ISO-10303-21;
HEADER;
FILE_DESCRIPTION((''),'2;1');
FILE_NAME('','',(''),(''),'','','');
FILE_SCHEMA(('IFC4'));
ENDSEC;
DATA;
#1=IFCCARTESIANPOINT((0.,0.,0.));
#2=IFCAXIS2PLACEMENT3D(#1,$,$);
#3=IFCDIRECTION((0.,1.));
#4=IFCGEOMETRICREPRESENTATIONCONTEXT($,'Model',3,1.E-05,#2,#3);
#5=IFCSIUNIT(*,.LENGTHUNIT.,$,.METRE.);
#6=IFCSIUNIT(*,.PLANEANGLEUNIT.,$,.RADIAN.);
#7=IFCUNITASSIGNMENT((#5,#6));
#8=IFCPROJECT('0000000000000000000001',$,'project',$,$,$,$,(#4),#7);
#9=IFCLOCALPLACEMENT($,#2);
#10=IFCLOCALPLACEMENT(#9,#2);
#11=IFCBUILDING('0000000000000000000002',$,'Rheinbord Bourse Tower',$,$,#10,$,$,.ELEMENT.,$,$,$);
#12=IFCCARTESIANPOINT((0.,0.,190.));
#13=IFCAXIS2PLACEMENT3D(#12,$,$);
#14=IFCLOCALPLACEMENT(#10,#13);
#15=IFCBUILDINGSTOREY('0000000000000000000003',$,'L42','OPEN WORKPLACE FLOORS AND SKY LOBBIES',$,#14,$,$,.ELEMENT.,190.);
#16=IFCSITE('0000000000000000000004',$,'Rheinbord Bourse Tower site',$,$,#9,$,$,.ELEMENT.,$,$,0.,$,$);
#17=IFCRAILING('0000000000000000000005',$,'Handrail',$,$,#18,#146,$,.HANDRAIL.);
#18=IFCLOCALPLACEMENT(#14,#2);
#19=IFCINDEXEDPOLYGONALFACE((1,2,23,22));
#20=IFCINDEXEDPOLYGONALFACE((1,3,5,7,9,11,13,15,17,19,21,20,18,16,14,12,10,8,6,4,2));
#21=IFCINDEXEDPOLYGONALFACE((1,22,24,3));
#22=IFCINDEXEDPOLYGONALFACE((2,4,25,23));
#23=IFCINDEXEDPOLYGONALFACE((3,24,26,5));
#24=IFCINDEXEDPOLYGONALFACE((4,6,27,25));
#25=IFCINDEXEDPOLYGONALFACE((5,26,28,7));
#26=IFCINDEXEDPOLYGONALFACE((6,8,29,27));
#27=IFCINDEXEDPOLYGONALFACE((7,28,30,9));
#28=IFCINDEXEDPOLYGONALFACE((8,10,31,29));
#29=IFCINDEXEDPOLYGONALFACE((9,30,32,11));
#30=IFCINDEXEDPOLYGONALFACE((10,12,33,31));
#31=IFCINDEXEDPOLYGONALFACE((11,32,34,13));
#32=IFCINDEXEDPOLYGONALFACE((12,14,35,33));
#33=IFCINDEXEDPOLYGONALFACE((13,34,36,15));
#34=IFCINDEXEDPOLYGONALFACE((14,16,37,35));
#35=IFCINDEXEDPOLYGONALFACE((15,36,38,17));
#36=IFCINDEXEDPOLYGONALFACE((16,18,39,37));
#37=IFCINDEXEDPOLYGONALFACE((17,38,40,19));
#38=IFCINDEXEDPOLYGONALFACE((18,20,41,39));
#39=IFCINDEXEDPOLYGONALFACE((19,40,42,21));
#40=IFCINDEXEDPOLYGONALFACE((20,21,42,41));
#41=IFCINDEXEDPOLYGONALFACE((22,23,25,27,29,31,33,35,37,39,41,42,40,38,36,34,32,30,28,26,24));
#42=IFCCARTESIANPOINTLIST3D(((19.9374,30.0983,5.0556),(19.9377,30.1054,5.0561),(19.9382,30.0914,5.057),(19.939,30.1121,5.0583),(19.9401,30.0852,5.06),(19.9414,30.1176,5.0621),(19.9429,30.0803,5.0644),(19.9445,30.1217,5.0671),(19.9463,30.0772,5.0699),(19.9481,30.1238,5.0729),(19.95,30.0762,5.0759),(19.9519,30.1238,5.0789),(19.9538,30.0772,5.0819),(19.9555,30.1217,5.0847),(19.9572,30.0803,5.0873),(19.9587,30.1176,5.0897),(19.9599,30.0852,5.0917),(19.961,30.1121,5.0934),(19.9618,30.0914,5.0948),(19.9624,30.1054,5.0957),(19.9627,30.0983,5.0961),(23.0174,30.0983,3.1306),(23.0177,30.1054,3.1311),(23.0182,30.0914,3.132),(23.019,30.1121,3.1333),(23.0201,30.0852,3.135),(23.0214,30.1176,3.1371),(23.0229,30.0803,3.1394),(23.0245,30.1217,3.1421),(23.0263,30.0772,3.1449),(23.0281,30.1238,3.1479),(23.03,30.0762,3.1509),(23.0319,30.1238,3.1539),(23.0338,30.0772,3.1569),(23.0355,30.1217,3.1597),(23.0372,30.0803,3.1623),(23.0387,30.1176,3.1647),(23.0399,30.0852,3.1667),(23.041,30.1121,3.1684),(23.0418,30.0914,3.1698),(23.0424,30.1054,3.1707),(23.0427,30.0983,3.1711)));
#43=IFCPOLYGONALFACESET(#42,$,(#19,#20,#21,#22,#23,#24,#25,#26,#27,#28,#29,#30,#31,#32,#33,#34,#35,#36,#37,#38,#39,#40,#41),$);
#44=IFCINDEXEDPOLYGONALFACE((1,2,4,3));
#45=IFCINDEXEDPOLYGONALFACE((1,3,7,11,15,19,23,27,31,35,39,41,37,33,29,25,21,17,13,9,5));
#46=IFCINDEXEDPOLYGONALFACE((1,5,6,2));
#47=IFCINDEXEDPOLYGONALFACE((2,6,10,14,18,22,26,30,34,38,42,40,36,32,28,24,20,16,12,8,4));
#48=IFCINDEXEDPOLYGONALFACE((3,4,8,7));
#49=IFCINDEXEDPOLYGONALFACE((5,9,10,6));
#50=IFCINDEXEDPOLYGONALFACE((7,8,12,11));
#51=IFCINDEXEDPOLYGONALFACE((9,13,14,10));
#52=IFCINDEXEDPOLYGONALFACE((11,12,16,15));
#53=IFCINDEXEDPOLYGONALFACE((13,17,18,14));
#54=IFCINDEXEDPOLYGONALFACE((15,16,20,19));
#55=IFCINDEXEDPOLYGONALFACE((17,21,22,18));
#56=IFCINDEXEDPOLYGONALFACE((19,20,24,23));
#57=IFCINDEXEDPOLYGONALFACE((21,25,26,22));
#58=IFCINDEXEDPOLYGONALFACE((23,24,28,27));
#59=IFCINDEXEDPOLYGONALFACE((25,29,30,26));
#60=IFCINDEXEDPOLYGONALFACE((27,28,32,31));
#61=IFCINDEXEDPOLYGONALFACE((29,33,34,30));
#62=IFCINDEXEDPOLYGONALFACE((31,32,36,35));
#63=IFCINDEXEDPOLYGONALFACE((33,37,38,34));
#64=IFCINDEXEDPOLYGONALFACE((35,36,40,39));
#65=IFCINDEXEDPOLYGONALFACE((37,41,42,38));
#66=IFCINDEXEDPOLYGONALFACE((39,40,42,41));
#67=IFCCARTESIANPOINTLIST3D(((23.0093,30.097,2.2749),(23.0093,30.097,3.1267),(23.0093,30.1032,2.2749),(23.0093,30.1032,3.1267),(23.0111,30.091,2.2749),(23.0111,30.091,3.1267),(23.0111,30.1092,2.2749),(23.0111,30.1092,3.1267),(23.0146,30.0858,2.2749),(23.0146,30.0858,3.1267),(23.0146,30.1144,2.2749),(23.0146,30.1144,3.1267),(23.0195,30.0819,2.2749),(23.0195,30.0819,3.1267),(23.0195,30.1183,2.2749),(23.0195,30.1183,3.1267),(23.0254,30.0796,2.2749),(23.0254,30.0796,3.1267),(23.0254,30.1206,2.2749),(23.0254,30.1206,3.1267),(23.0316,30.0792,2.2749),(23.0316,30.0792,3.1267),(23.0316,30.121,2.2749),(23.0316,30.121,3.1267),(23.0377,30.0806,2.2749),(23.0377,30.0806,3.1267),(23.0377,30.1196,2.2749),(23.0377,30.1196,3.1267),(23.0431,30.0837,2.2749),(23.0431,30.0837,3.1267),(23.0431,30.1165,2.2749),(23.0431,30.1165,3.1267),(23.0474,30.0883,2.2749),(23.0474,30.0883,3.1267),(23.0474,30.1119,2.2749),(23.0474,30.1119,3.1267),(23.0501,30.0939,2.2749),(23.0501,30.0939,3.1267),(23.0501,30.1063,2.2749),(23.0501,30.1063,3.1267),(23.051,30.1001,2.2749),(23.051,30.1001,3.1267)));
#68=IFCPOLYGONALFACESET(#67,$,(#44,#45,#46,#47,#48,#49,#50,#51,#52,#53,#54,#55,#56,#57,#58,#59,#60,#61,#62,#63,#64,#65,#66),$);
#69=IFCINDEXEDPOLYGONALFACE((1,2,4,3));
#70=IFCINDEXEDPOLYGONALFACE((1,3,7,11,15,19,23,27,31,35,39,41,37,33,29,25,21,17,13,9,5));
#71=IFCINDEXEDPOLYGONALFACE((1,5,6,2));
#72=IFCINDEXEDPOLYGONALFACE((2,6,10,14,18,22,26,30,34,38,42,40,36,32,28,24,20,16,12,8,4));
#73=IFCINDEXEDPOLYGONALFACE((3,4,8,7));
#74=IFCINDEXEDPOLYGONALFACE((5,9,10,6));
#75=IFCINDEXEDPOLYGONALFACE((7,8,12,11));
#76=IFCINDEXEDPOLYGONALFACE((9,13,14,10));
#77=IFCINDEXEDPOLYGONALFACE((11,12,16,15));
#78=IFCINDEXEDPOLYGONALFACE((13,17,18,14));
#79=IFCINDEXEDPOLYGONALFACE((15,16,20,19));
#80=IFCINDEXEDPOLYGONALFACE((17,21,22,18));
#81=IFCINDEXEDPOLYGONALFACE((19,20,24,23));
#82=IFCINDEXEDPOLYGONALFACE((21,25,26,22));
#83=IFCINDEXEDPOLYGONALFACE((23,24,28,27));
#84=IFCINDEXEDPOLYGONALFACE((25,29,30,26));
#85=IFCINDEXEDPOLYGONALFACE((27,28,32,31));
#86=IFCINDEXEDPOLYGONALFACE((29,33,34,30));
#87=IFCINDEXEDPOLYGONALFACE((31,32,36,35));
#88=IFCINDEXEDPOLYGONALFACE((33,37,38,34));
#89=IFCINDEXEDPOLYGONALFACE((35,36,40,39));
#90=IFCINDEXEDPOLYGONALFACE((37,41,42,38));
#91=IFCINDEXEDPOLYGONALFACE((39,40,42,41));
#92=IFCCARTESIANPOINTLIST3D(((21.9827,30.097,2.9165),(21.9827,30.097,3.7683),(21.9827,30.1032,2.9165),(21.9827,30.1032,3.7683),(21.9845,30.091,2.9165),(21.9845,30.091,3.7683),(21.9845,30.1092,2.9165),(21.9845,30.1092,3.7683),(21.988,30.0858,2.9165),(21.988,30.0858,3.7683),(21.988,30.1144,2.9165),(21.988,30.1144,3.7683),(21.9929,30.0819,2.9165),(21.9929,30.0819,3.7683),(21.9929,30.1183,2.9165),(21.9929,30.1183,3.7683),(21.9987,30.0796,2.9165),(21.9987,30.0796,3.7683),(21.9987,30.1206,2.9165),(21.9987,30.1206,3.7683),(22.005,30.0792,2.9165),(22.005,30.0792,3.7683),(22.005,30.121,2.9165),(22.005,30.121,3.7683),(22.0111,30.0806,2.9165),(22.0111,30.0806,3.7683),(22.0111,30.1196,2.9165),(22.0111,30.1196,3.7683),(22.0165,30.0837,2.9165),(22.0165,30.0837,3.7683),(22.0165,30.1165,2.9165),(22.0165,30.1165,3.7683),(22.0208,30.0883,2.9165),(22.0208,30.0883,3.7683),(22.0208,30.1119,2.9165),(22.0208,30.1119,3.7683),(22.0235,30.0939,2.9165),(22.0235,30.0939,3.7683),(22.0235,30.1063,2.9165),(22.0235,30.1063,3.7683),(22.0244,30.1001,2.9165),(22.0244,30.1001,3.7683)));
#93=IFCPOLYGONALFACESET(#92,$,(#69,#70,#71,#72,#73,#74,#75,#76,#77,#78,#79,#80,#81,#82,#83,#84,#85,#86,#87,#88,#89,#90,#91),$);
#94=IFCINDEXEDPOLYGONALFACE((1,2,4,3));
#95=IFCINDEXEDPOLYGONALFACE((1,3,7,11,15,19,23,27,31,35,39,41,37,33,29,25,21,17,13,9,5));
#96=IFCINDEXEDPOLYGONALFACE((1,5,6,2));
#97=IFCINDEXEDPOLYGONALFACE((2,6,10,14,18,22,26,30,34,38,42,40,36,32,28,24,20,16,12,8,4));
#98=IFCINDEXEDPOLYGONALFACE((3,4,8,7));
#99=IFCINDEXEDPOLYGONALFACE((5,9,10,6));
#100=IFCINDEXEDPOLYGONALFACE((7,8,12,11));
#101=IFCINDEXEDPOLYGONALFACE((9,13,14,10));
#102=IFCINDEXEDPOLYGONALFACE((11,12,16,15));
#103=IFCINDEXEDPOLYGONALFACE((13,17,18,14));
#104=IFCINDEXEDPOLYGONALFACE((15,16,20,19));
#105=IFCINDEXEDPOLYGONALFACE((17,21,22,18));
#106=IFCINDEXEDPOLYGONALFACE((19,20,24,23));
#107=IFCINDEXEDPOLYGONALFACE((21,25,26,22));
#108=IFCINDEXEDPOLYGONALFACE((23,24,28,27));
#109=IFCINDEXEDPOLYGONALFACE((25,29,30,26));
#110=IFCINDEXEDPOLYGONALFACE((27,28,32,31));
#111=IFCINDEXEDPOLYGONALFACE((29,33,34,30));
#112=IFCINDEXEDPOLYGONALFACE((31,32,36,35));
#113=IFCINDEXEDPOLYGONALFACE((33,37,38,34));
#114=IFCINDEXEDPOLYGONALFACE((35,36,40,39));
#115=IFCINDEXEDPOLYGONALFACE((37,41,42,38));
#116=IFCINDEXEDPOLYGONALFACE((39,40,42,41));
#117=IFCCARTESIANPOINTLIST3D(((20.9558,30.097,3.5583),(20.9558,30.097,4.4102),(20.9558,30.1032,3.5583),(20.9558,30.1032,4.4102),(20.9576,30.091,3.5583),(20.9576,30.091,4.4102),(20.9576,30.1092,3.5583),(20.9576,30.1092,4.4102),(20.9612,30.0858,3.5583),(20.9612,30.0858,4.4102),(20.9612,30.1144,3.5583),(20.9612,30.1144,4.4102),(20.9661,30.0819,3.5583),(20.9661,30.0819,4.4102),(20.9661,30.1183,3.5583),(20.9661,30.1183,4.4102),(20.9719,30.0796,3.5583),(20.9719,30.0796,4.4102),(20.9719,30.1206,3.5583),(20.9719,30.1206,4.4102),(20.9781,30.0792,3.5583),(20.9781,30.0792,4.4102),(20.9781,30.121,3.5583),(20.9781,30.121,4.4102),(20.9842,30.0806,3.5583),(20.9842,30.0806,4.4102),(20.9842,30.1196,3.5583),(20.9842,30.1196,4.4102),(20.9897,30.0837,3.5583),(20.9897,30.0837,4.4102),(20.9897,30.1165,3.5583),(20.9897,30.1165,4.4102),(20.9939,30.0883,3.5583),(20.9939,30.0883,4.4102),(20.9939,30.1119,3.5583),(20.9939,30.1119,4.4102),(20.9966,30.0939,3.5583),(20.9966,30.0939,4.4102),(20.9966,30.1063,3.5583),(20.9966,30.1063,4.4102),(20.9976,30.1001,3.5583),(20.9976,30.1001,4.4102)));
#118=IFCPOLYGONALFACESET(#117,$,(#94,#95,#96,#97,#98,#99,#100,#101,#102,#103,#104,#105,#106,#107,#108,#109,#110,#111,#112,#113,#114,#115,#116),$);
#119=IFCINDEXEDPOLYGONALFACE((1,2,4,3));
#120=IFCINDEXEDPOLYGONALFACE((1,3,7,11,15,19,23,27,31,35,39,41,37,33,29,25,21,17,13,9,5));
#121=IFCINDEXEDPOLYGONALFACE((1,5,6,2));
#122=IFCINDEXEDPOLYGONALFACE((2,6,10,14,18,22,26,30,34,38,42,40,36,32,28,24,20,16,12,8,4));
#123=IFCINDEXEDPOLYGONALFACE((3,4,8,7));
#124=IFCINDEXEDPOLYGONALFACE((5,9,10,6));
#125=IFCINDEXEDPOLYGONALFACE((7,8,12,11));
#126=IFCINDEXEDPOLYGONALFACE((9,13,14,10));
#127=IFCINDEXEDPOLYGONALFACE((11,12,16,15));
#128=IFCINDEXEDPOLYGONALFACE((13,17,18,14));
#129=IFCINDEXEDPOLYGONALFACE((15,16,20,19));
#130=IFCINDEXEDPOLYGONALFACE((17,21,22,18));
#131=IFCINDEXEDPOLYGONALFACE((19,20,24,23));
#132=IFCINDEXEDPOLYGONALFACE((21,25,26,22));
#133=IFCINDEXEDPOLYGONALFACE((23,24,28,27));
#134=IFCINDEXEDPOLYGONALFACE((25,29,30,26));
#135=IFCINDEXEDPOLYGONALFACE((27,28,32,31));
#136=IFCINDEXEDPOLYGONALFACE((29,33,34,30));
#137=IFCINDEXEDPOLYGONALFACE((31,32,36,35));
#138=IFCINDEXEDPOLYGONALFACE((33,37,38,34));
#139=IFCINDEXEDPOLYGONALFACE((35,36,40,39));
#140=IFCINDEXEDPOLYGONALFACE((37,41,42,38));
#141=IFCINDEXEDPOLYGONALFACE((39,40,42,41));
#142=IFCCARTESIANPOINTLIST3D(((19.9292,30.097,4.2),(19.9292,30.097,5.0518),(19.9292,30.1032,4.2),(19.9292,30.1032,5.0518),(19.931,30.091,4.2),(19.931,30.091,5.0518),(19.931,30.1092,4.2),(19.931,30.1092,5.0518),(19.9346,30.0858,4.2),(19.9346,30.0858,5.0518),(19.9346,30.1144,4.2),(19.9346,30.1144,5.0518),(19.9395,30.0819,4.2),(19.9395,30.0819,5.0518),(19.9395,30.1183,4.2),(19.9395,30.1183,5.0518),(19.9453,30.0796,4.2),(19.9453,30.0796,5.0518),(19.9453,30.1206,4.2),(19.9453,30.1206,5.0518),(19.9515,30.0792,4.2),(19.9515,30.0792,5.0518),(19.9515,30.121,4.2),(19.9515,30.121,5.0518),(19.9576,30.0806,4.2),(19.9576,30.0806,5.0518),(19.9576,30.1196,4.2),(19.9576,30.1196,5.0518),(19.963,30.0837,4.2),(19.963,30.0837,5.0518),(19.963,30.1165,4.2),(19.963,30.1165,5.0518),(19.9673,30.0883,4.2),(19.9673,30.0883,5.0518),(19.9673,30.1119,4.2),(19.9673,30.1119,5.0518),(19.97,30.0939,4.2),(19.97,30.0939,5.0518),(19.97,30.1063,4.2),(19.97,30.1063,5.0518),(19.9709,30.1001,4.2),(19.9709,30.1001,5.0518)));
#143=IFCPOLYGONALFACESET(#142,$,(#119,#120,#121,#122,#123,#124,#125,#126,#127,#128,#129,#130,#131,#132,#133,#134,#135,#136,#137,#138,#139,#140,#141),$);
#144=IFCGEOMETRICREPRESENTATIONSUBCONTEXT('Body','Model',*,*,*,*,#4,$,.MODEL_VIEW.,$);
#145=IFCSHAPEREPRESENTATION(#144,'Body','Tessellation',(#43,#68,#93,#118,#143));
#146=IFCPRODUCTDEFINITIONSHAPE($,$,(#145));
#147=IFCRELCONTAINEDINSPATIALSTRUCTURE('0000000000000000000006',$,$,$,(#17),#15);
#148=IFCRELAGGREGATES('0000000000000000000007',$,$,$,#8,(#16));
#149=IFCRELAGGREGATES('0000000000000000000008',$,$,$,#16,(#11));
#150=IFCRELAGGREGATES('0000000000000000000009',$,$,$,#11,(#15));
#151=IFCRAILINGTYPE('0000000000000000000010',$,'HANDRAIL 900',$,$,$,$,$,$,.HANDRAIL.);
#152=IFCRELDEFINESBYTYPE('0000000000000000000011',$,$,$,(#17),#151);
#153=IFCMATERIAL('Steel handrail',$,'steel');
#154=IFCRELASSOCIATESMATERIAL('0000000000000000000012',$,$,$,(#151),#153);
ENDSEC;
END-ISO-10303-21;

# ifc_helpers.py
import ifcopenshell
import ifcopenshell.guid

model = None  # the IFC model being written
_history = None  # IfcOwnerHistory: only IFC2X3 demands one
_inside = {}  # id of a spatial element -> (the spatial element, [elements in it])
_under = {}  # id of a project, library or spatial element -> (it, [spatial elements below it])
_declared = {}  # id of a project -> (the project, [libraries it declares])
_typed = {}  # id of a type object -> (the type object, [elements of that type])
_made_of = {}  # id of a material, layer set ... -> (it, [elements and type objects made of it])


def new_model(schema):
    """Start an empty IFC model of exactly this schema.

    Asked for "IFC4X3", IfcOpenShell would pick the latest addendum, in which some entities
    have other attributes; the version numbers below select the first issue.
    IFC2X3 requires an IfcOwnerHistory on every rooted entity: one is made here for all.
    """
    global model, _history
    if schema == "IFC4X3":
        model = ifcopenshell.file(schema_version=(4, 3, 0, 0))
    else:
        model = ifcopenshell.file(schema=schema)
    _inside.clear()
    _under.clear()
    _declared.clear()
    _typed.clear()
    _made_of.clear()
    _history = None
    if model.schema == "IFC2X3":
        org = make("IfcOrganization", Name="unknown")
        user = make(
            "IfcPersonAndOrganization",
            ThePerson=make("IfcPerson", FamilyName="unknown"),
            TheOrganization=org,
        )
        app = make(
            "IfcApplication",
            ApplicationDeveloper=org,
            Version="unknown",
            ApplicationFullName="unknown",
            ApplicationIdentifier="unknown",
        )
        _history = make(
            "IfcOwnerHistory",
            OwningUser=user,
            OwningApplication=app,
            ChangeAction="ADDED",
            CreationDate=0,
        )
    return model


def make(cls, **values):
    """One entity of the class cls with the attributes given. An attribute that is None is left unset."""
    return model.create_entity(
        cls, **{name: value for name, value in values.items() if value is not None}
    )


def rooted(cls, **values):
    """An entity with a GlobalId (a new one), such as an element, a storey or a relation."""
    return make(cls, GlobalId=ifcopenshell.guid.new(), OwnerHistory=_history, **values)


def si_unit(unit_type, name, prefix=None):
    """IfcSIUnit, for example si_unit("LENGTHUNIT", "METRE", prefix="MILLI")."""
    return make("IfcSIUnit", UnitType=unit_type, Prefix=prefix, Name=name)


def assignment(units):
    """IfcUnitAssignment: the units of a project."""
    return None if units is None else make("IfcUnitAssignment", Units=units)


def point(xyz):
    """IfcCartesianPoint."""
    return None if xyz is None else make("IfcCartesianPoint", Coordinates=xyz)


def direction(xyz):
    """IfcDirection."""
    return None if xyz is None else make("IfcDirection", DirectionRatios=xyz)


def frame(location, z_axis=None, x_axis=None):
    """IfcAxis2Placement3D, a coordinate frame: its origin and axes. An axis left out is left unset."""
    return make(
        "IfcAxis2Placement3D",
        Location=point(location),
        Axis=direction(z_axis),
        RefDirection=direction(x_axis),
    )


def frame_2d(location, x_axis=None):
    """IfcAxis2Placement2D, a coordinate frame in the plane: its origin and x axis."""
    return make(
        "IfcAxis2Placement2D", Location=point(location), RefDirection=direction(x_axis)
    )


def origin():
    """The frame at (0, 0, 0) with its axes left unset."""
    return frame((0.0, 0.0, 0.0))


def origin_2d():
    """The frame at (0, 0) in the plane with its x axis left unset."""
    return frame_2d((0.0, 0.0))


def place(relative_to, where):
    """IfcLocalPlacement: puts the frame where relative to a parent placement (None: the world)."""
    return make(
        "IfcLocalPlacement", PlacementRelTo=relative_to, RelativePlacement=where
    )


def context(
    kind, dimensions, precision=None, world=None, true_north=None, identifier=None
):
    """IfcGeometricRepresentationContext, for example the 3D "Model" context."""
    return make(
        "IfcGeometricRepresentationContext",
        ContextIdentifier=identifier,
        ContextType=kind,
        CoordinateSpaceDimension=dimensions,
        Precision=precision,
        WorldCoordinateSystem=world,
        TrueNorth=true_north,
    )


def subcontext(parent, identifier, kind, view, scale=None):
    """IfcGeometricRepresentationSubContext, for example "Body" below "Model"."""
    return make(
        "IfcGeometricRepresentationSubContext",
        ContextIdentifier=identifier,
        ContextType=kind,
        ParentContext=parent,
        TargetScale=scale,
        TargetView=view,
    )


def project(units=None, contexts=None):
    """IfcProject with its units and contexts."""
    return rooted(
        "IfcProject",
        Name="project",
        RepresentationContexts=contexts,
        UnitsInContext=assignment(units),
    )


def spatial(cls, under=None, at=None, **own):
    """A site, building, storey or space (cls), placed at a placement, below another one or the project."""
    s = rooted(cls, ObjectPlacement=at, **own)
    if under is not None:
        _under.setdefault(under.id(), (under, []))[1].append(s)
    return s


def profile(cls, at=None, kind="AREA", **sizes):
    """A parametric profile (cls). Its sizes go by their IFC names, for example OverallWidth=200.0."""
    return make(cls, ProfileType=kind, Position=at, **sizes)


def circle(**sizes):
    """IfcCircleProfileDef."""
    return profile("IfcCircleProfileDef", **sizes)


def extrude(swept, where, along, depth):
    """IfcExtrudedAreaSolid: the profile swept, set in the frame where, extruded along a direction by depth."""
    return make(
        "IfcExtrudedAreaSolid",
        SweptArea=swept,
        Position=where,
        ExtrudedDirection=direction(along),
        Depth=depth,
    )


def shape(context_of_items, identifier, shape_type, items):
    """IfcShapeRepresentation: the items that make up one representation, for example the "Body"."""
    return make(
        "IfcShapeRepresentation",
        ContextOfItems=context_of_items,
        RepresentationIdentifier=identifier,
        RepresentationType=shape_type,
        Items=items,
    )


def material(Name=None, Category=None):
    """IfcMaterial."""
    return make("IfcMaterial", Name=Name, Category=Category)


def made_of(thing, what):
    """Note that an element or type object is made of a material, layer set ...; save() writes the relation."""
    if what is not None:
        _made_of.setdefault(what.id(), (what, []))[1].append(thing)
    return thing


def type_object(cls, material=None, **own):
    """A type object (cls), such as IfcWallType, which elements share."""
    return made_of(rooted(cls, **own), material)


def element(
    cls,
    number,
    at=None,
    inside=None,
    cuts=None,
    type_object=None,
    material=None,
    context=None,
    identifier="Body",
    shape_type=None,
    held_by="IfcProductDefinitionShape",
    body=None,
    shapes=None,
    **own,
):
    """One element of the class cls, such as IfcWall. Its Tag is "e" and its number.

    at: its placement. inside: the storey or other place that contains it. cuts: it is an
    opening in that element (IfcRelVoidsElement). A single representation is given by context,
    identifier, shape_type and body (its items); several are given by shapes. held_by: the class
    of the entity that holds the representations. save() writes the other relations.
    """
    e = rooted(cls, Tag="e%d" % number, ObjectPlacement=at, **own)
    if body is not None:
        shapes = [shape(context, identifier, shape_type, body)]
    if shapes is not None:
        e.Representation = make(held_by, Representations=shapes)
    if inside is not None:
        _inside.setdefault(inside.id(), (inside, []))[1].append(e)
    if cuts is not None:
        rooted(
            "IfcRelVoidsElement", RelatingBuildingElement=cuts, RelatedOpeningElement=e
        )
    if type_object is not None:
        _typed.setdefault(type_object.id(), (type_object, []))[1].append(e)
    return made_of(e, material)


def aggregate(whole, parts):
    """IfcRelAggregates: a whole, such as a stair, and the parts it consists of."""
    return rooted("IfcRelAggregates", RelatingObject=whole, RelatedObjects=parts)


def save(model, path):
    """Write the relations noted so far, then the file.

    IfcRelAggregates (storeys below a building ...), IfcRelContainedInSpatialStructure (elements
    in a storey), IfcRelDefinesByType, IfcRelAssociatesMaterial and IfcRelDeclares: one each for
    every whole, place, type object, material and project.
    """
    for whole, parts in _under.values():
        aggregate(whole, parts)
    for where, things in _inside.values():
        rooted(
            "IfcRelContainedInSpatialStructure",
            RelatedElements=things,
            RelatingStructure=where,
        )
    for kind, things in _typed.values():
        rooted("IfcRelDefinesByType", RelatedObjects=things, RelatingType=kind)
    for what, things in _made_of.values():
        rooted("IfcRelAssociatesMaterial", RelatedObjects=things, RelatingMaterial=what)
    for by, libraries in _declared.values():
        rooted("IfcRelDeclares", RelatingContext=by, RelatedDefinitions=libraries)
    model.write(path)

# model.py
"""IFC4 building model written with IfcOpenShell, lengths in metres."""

from ifc_helpers import new_model, si_unit, direction, frame, origin, origin_2d, place, context, subcontext, project, spatial, circle, extrude, material, type_object, element, save


model = new_model("IFC4")

# Units and contexts
model_context = context("Model", 3, precision=1e-05, world=origin(), true_north=direction((0.0, 1.0)))
body_context = subcontext(model_context, "Body", "Model", "MODEL_VIEW")
ifc_project = project(units=[si_unit("LENGTHUNIT", "METRE"), si_unit("PLANEANGLEUNIT", "RADIAN")], contexts=[model_context])

# Site, building, storey
site_placement = place(None, origin())
site = spatial("IfcSite", under=ifc_project, at=site_placement, Name="Rheinbord Bourse Tower site", CompositionType="ELEMENT", RefElevation=0.0)
building_placement = place(site_placement, origin())
building = spatial("IfcBuilding", under=site, at=building_placement, Name="Rheinbord Bourse Tower", CompositionType="ELEMENT")
storey_placement = place(building_placement, frame((0.0, 0.0, 190.0)))
storey = spatial("IfcBuildingStorey", under=building, at=storey_placement, Name="L42", Description="OPEN WORKPLACE FLOORS AND SKY LOBBIES", CompositionType="ELEMENT", Elevation=190.0)

# Railing
ifc_material_1 = material(Name="Steel handrail", Category="steel")
railing_type = type_object("IfcRailingType", Name="HANDRAIL 900", PredefinedType="HANDRAIL", material=ifc_material_1)
railing_1_placement = place(storey_placement, frame((23.03, 30.1001, 2.2749)))
element("IfcRailing", 1, at=railing_1_placement, inside=storey, type_object=railing_type, Name="Handrail", PredefinedType="HANDRAIL", context=body_context, shape_type="SweptSolid", body=[
    extrude(circle(Radius=0.0239, at=origin_2d()), frame((0.0, 0.0, 0.876), z_axis=(-0.847998, 0.0, 0.529999), x_axis=(0.0, -1.0, 0.0)), (0.0, 0.0, 1.0), 3.6321),
    extrude(circle(Radius=0.021, at=origin_2d()), origin(), (0.0, 0.0, 1.0), 0.8518),
    extrude(circle(Radius=0.021, at=origin_2d()), frame((-1.0266, 0.0, 0.6416)), (0.0, 0.0, 1.0), 0.8518),
    extrude(circle(Radius=0.021, at=origin_2d()), frame((-2.0535, 0.0, 1.2834)), (0.0, 0.0, 1.0), 0.8518),
    extrude(circle(Radius=0.021, at=origin_2d()), frame((-3.0801, 0.0, 1.925)), (0.0, 0.0, 1.0), 0.8518),
])

save(model, "model.ifc")
